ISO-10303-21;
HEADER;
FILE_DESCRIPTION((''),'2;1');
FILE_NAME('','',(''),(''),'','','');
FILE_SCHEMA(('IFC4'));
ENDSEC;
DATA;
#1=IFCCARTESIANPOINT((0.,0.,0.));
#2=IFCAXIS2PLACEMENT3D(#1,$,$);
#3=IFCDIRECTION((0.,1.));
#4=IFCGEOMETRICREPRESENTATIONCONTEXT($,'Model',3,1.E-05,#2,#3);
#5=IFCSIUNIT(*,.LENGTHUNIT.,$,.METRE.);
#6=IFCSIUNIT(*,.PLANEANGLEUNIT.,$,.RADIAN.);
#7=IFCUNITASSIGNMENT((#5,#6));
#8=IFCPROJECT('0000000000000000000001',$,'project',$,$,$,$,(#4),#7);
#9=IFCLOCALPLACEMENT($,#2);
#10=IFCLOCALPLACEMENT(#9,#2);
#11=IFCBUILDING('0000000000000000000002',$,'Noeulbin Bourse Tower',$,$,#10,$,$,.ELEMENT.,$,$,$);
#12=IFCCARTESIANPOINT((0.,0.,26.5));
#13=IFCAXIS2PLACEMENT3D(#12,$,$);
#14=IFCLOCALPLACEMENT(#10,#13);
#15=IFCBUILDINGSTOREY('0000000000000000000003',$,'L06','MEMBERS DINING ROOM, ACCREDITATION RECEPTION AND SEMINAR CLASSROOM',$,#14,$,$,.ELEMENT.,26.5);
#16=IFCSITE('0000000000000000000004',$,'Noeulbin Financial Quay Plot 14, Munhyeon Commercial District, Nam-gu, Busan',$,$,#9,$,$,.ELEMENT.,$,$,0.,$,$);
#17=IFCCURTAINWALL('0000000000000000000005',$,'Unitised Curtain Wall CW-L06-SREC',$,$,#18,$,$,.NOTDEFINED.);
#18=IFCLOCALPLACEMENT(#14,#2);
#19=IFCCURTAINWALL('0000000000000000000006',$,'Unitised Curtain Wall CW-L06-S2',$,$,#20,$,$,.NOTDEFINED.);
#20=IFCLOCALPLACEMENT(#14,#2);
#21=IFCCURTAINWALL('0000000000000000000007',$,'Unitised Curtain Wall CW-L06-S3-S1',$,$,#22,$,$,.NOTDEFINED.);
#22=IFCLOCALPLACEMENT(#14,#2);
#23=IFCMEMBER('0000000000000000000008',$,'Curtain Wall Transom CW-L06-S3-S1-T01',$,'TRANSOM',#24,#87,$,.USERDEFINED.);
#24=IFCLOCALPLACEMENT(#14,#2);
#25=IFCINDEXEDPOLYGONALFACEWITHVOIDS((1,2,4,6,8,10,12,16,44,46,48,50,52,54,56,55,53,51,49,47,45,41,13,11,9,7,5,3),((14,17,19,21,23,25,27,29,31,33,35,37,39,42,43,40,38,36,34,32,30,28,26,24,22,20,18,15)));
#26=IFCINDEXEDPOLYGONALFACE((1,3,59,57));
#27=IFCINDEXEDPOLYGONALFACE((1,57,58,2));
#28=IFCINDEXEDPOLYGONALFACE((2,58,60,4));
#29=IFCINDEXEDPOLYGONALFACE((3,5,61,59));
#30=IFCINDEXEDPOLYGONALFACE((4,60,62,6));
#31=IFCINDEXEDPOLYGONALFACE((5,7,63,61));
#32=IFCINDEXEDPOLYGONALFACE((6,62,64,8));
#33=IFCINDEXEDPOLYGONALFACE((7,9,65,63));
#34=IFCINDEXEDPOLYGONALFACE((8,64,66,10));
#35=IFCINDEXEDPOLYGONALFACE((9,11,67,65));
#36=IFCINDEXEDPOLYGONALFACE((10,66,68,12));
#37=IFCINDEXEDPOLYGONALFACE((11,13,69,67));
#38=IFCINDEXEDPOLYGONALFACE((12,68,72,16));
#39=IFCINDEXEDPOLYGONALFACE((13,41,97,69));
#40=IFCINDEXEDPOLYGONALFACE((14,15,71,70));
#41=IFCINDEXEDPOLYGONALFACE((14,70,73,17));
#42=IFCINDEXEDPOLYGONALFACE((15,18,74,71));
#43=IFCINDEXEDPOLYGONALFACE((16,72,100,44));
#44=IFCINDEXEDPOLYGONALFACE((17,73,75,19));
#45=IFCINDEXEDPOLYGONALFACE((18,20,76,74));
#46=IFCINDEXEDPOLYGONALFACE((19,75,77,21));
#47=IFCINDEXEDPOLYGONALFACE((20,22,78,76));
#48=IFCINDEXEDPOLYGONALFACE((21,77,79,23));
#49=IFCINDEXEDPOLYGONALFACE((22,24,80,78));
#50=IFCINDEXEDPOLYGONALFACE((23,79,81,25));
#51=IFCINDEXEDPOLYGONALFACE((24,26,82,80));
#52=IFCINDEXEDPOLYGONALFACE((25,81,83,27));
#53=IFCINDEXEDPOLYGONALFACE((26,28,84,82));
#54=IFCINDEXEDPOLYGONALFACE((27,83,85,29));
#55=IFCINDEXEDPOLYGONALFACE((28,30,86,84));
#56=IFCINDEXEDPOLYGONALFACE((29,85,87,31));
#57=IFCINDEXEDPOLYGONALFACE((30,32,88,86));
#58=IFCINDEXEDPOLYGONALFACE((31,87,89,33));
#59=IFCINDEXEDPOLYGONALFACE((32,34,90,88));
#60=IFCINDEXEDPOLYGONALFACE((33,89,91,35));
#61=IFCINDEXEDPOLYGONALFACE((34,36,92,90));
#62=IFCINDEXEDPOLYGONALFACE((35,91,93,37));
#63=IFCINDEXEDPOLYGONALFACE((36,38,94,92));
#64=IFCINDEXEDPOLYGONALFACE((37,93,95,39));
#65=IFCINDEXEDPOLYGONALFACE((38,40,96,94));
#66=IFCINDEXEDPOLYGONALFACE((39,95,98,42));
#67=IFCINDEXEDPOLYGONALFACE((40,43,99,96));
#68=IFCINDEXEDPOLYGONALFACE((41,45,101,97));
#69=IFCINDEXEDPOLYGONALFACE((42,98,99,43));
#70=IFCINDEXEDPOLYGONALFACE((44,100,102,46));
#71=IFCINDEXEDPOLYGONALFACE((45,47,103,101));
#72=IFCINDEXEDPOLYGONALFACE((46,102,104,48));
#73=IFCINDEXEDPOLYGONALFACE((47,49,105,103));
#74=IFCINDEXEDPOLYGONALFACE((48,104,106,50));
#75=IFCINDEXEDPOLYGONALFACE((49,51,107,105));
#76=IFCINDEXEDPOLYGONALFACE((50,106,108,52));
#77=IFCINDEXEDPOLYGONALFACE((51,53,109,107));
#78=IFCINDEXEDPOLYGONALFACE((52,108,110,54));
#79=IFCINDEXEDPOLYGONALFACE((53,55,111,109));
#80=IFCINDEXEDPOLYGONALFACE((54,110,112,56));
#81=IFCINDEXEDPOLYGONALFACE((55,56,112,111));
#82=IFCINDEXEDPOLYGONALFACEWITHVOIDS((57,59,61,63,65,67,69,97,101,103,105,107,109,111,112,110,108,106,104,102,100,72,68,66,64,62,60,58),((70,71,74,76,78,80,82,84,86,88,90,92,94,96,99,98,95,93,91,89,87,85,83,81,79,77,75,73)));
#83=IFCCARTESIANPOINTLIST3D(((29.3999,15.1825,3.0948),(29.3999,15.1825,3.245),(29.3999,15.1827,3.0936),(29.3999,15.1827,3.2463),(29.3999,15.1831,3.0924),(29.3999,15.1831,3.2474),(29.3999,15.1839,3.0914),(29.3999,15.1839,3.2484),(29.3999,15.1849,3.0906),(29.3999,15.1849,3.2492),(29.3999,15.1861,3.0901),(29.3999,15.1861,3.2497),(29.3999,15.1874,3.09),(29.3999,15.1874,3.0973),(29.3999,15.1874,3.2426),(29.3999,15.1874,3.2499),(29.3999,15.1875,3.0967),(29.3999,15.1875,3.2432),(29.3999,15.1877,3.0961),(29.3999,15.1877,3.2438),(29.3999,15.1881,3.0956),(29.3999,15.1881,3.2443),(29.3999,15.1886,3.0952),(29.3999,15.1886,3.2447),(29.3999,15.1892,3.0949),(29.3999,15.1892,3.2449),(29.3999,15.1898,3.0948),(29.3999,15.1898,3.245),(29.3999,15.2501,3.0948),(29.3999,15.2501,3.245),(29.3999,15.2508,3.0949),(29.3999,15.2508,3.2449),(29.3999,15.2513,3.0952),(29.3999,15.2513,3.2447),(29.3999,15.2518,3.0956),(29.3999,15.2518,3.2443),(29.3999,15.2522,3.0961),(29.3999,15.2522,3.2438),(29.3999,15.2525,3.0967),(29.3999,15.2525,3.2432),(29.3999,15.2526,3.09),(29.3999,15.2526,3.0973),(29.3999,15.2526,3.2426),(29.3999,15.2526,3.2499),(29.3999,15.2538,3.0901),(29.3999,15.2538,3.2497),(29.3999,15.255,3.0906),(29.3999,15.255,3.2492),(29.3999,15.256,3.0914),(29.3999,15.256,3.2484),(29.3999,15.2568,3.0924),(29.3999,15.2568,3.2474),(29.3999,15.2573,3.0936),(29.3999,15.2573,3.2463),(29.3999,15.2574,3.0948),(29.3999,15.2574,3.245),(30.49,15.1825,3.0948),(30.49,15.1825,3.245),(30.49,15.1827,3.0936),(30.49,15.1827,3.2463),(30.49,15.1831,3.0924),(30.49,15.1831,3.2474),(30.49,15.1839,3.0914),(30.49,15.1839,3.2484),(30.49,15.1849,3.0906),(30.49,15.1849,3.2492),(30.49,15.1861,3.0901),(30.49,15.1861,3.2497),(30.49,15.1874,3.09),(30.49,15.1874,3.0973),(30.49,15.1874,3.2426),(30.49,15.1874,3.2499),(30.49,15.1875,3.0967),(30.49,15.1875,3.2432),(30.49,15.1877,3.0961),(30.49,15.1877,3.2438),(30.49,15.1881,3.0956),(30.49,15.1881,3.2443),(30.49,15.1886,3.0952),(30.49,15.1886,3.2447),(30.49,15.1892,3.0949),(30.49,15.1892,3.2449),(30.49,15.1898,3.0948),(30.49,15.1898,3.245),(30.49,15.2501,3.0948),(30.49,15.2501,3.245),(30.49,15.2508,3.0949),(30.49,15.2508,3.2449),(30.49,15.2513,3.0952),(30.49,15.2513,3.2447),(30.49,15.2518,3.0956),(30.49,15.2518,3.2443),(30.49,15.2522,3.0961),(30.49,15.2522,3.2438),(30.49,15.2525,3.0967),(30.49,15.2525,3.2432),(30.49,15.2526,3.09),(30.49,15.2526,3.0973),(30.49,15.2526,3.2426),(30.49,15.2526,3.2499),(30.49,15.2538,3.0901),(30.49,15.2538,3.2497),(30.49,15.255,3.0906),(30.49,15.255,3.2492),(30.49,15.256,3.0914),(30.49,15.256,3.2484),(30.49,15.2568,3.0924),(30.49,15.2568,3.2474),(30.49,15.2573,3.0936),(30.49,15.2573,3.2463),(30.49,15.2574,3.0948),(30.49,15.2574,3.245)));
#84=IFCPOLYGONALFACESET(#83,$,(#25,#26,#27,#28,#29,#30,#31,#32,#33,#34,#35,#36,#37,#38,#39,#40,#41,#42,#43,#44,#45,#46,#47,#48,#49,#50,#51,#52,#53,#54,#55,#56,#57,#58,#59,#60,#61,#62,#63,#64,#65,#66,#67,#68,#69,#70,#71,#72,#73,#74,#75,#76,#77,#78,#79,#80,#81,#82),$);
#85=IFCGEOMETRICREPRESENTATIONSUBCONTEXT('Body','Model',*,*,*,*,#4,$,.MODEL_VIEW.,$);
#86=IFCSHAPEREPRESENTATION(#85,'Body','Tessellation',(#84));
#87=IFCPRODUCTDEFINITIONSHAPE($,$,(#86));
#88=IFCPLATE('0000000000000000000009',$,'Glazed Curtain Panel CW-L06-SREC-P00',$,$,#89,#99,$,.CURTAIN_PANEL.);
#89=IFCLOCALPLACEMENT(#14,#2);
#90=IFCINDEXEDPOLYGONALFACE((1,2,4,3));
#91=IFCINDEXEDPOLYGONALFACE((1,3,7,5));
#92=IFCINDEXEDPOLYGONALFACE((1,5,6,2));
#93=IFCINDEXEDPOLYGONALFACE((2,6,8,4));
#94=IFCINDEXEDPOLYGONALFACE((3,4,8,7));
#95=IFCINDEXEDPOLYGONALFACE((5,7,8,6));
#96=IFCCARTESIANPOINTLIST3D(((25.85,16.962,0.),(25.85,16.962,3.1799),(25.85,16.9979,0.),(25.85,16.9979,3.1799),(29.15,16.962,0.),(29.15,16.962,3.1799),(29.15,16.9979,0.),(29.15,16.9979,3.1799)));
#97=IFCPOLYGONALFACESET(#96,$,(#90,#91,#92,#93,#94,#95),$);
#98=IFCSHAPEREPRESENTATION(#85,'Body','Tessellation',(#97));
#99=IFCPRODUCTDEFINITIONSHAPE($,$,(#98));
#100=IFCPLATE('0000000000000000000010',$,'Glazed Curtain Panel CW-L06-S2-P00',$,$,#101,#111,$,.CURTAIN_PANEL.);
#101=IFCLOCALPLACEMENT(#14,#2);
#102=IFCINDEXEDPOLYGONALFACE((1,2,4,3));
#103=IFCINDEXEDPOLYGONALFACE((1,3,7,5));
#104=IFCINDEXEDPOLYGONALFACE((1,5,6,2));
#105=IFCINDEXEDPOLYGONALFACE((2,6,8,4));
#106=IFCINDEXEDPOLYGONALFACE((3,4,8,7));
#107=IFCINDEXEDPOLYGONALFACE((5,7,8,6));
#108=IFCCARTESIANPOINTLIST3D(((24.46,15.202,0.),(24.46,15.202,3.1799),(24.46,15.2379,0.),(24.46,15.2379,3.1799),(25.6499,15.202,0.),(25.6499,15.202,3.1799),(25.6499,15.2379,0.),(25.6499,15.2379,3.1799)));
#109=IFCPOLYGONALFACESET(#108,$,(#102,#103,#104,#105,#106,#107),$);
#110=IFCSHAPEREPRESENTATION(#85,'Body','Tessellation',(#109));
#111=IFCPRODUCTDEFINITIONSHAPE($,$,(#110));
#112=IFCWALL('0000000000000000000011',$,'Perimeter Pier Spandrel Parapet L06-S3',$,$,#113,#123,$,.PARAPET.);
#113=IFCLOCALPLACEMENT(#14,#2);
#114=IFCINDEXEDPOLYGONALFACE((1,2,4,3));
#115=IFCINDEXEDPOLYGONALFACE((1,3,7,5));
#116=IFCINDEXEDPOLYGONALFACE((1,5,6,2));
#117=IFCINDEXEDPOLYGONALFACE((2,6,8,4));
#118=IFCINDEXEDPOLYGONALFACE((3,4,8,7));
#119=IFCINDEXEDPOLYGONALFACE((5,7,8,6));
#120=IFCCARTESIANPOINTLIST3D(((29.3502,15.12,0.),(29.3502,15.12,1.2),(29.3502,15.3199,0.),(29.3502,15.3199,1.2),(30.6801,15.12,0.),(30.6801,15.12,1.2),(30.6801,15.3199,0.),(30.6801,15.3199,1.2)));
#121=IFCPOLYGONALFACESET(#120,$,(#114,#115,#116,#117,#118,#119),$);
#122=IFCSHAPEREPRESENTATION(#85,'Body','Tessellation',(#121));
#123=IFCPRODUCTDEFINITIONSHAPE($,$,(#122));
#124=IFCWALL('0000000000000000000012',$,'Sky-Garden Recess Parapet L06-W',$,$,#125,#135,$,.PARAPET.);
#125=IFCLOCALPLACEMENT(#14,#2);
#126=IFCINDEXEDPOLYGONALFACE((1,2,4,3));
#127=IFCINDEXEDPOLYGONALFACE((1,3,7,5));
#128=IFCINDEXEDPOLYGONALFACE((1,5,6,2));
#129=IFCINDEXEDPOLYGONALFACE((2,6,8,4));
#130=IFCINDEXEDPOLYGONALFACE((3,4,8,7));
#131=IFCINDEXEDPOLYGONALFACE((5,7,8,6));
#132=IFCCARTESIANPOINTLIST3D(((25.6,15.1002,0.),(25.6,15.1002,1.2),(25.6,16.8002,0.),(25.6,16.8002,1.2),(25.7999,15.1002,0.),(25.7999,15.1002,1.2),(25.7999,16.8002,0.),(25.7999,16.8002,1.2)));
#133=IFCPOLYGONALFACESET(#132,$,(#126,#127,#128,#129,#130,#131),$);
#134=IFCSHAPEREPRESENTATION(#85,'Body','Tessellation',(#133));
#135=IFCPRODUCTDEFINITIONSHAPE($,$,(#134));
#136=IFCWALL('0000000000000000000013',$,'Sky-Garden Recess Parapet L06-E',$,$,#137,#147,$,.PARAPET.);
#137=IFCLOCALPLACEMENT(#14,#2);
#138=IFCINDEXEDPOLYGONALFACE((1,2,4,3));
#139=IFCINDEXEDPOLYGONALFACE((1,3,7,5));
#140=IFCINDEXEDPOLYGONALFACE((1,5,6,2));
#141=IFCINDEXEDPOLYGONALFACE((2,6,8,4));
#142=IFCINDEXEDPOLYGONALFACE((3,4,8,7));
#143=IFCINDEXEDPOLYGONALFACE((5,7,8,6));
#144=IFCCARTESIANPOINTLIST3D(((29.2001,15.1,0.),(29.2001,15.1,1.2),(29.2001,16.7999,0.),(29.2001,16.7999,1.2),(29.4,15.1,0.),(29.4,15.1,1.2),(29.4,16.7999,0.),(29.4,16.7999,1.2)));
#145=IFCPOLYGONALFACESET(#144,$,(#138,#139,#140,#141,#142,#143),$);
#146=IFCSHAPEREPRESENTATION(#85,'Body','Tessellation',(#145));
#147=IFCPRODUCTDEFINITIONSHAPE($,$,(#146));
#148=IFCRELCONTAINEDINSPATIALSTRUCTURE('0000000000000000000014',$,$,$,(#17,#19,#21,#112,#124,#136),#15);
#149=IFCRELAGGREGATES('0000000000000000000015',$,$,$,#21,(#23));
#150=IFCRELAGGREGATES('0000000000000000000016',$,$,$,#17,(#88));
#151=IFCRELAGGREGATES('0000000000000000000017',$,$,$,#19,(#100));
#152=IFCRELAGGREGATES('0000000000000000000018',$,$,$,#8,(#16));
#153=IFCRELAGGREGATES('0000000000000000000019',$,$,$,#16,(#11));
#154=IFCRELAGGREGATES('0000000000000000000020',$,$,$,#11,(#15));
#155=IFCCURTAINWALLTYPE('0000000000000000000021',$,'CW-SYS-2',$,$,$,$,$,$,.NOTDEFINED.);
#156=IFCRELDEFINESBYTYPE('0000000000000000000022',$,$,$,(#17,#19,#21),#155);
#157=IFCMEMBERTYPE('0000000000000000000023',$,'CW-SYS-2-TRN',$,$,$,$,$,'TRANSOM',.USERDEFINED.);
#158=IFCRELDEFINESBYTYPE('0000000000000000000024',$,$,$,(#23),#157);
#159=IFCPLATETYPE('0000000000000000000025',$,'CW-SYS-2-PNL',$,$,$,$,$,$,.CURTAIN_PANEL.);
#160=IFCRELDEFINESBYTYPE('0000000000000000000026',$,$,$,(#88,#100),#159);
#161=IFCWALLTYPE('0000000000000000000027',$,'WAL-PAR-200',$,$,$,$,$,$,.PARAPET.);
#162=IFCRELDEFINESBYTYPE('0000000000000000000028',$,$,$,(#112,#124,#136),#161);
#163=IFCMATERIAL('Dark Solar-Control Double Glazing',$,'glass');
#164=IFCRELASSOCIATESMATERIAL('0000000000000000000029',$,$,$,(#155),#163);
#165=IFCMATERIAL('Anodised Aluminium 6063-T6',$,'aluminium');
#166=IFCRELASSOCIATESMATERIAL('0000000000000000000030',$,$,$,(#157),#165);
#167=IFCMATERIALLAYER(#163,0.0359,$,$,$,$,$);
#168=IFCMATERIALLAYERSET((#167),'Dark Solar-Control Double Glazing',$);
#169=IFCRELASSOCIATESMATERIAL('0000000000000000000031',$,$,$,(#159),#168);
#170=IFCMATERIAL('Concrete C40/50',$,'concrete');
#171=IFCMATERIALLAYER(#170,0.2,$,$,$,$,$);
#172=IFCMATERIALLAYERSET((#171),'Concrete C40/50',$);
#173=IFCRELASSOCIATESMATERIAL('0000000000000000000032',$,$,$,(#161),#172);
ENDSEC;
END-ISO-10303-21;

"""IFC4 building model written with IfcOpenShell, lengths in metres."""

from ifc_helpers import new_model, si_unit, direction, frame, frame_2d, origin, origin_2d, place, context, subcontext, project, spatial, rectangle, hollow_rectangle, extrude, material, layer, layer_set, material_profile, profile_set, type_object, element, aggregate, save


model = new_model("IFC4")

# Units and contexts
model_context = context("Model", 3, precision=1e-05, world=origin(), true_north=direction((0.0, 1.0)))
body_context = subcontext(model_context, "Body", "Model", "MODEL_VIEW")
ifc_project = project(units=[si_unit("LENGTHUNIT", "METRE"), si_unit("PLANEANGLEUNIT", "RADIAN")], contexts=[model_context])

# Site, building, storey
site_placement = place(None, origin())
site = spatial("IfcSite", under=ifc_project, at=site_placement, Name="Noeulbin Financial Quay Plot 14, Munhyeon Commercial District, Nam-gu, Busan", CompositionType="ELEMENT", RefElevation=0.0)
building_placement = place(site_placement, origin())
building = spatial("IfcBuilding", under=site, at=building_placement, Name="Noeulbin Bourse Tower", CompositionType="ELEMENT")
storey_placement = place(building_placement, frame((0.0, 0.0, 26.5)))
storey = spatial("IfcBuildingStorey", under=building, at=storey_placement, Name="L06", Description="MEMBERS DINING ROOM, ACCREDITATION RECEPTION AND SEMINAR CLASSROOM", CompositionType="ELEMENT", Elevation=26.5)

# Curtain wall
ifc_material_1 = material(Name="Dark Solar-Control Double Glazing", Category="glass")
curtain_wall_type = type_object("IfcCurtainWallType", Name="CW-SYS-2", PredefinedType="NOTDEFINED", material=ifc_material_1)
curtain_wall_1_placement = place(storey_placement, origin())
curtain_wall_1 = element("IfcCurtainWall", 1, at=curtain_wall_1_placement, inside=storey, type_object=curtain_wall_type, Name="Unitised Curtain Wall CW-L06-SREC", PredefinedType="NOTDEFINED")
ifc_material_2 = material(Name="Anodised Aluminium 6063-T6", Category="aluminium")

# Curtain walls
curtain_wall_2_placement = place(storey_placement, origin())
curtain_wall_2 = element("IfcCurtainWall", 2, at=curtain_wall_2_placement, inside=storey, type_object=curtain_wall_type, Name="Unitised Curtain Wall CW-L06-S2", PredefinedType="NOTDEFINED")
curtain_wall_3_placement = place(storey_placement, origin())
curtain_wall_3 = element("IfcCurtainWall", 3, at=curtain_wall_3_placement, inside=storey, type_object=curtain_wall_type, Name="Unitised Curtain Wall CW-L06-S3-S1", PredefinedType="NOTDEFINED")

# Member
ifc_material_profile_1 = material_profile(ifc_material_2, hollow_rectangle(XDim=0.075, YDim=0.1599, WallThickness=0.0049, InnerFilletRadius=0.0024, OuterFilletRadius=0.0049, at=origin_2d()), Name="ALU-TRAN-75x160x5", Category="LoadBearing")
ifc_profile_set_1 = profile_set([ifc_material_profile_1], Name="Anodised Aluminium 6063-T6")
member_type_1 = type_object("IfcMemberType", Name="CW-SYS-2-TRN", ElementType="TRANSOM", PredefinedType="USERDEFINED", material=ifc_profile_set_1)
member_1_placement = place(storey_placement, frame((29.3999, 15.22, 3.1699), z_axis=(1.0, 0.0, 0.0), x_axis=(0.0, 1.0, 0.0)))
member_1 = element("IfcMember", 4, at=member_1_placement, type_object=member_type_1, Name="Curtain Wall Transom CW-L06-S3-S1-T01", ObjectType="TRANSOM", PredefinedType="USERDEFINED", context=body_context, shape_type="SweptSolid", body=[
    extrude(hollow_rectangle(XDim=0.075, YDim=0.1599, WallThickness=0.0049, InnerFilletRadius=0.0024, OuterFilletRadius=0.0049, at=origin_2d()), origin(), (0.0, 0.0, 1.0), 1.0901),
])
aggregate(curtain_wall_3, [member_1])

# Plates
ifc_layer_1 = layer(ifc_material_1, 0.0359)
ifc_layer_set_1 = layer_set([ifc_layer_1], Name="Dark Solar-Control Double Glazing")
plate_type = type_object("IfcPlateType", Name="CW-SYS-2-PNL", PredefinedType="CURTAIN_PANEL", material=ifc_layer_set_1)
plate_1_placement = place(storey_placement, frame((27.5, 16.98, 0.0), z_axis=(0.0, 0.0, 1.0), x_axis=(1.0, 0.0, 0.0)))
plate_1 = element("IfcPlate", 5, at=plate_1_placement, type_object=plate_type, Name="Glazed Curtain Panel CW-L06-SREC-P00", PredefinedType="CURTAIN_PANEL", context=body_context, shape_type="SweptSolid", body=[
    extrude(rectangle(XDim=3.3, YDim=0.0359, at=origin_2d()), origin(), (0.0, 0.0, 1.0), 3.1799),
])
aggregate(curtain_wall_1, [plate_1])
plate_2_placement = place(storey_placement, frame((25.0549, 15.22, 0.0), z_axis=(0.0, 0.0, 1.0), x_axis=(1.0, 0.0, 0.0)))
plate_2 = element("IfcPlate", 6, at=plate_2_placement, type_object=plate_type, Name="Glazed Curtain Panel CW-L06-S2-P00", PredefinedType="CURTAIN_PANEL", context=body_context, shape_type="SweptSolid", body=[
    extrude(rectangle(XDim=1.1899, YDim=0.0359, at=origin_2d()), origin(), (0.0, 0.0, 1.0), 3.1799),
])
aggregate(curtain_wall_2, [plate_2])

# Walls
ifc_material_3 = material(Name="Concrete C40/50", Category="concrete")
ifc_layer_2 = layer(ifc_material_3, 0.2)
ifc_layer_set_2 = layer_set([ifc_layer_2], Name="Concrete C40/50")
wall_type_1 = type_object("IfcWallType", Name="WAL-PAR-200", PredefinedType="PARAPET", material=ifc_layer_set_2)
wall_1_placement = place(storey_placement, frame((29.3501, 15.22, 0.0), z_axis=(0.0, 0.0, 1.0), x_axis=(1.0, 0.0, 0.0)))
element("IfcWall", 7, at=wall_1_placement, inside=storey, type_object=wall_type_1, Name="Perimeter Pier Spandrel Parapet L06-S3", PredefinedType="PARAPET", context=body_context, shape_type="SweptSolid", body=[
    extrude(rectangle(XDim=1.3298, YDim=0.2, at=frame_2d((0.665, 0.0))), origin(), (0.0, 0.0, 1.0), 1.2),
])
for number, where, z_axis, x_axis, name in (
    (8, (25.7, 15.1001, 0.0), (0.0, 0.0, 1.0), (0.0, 1.0, 0.0), "Sky-Garden Recess Parapet L06-W"),
    (9, (29.3, 16.8, 0.0), (0.0, 0.0, 1.0), (0.0, -1.0, 0.0), "Sky-Garden Recess Parapet L06-E"),
):
    element("IfcWall", number, at=place(storey_placement, frame(where, z_axis=z_axis, x_axis=x_axis)), inside=storey, type_object=wall_type_1, Name=name, PredefinedType="PARAPET", context=body_context, shape_type="SweptSolid", body=[
        extrude(rectangle(XDim=1.7, YDim=0.2, at=frame_2d((0.8501, 0.0))), origin(), (0.0, 0.0, 1.0), 1.2),
    ])

save(model, "model.ifc")
